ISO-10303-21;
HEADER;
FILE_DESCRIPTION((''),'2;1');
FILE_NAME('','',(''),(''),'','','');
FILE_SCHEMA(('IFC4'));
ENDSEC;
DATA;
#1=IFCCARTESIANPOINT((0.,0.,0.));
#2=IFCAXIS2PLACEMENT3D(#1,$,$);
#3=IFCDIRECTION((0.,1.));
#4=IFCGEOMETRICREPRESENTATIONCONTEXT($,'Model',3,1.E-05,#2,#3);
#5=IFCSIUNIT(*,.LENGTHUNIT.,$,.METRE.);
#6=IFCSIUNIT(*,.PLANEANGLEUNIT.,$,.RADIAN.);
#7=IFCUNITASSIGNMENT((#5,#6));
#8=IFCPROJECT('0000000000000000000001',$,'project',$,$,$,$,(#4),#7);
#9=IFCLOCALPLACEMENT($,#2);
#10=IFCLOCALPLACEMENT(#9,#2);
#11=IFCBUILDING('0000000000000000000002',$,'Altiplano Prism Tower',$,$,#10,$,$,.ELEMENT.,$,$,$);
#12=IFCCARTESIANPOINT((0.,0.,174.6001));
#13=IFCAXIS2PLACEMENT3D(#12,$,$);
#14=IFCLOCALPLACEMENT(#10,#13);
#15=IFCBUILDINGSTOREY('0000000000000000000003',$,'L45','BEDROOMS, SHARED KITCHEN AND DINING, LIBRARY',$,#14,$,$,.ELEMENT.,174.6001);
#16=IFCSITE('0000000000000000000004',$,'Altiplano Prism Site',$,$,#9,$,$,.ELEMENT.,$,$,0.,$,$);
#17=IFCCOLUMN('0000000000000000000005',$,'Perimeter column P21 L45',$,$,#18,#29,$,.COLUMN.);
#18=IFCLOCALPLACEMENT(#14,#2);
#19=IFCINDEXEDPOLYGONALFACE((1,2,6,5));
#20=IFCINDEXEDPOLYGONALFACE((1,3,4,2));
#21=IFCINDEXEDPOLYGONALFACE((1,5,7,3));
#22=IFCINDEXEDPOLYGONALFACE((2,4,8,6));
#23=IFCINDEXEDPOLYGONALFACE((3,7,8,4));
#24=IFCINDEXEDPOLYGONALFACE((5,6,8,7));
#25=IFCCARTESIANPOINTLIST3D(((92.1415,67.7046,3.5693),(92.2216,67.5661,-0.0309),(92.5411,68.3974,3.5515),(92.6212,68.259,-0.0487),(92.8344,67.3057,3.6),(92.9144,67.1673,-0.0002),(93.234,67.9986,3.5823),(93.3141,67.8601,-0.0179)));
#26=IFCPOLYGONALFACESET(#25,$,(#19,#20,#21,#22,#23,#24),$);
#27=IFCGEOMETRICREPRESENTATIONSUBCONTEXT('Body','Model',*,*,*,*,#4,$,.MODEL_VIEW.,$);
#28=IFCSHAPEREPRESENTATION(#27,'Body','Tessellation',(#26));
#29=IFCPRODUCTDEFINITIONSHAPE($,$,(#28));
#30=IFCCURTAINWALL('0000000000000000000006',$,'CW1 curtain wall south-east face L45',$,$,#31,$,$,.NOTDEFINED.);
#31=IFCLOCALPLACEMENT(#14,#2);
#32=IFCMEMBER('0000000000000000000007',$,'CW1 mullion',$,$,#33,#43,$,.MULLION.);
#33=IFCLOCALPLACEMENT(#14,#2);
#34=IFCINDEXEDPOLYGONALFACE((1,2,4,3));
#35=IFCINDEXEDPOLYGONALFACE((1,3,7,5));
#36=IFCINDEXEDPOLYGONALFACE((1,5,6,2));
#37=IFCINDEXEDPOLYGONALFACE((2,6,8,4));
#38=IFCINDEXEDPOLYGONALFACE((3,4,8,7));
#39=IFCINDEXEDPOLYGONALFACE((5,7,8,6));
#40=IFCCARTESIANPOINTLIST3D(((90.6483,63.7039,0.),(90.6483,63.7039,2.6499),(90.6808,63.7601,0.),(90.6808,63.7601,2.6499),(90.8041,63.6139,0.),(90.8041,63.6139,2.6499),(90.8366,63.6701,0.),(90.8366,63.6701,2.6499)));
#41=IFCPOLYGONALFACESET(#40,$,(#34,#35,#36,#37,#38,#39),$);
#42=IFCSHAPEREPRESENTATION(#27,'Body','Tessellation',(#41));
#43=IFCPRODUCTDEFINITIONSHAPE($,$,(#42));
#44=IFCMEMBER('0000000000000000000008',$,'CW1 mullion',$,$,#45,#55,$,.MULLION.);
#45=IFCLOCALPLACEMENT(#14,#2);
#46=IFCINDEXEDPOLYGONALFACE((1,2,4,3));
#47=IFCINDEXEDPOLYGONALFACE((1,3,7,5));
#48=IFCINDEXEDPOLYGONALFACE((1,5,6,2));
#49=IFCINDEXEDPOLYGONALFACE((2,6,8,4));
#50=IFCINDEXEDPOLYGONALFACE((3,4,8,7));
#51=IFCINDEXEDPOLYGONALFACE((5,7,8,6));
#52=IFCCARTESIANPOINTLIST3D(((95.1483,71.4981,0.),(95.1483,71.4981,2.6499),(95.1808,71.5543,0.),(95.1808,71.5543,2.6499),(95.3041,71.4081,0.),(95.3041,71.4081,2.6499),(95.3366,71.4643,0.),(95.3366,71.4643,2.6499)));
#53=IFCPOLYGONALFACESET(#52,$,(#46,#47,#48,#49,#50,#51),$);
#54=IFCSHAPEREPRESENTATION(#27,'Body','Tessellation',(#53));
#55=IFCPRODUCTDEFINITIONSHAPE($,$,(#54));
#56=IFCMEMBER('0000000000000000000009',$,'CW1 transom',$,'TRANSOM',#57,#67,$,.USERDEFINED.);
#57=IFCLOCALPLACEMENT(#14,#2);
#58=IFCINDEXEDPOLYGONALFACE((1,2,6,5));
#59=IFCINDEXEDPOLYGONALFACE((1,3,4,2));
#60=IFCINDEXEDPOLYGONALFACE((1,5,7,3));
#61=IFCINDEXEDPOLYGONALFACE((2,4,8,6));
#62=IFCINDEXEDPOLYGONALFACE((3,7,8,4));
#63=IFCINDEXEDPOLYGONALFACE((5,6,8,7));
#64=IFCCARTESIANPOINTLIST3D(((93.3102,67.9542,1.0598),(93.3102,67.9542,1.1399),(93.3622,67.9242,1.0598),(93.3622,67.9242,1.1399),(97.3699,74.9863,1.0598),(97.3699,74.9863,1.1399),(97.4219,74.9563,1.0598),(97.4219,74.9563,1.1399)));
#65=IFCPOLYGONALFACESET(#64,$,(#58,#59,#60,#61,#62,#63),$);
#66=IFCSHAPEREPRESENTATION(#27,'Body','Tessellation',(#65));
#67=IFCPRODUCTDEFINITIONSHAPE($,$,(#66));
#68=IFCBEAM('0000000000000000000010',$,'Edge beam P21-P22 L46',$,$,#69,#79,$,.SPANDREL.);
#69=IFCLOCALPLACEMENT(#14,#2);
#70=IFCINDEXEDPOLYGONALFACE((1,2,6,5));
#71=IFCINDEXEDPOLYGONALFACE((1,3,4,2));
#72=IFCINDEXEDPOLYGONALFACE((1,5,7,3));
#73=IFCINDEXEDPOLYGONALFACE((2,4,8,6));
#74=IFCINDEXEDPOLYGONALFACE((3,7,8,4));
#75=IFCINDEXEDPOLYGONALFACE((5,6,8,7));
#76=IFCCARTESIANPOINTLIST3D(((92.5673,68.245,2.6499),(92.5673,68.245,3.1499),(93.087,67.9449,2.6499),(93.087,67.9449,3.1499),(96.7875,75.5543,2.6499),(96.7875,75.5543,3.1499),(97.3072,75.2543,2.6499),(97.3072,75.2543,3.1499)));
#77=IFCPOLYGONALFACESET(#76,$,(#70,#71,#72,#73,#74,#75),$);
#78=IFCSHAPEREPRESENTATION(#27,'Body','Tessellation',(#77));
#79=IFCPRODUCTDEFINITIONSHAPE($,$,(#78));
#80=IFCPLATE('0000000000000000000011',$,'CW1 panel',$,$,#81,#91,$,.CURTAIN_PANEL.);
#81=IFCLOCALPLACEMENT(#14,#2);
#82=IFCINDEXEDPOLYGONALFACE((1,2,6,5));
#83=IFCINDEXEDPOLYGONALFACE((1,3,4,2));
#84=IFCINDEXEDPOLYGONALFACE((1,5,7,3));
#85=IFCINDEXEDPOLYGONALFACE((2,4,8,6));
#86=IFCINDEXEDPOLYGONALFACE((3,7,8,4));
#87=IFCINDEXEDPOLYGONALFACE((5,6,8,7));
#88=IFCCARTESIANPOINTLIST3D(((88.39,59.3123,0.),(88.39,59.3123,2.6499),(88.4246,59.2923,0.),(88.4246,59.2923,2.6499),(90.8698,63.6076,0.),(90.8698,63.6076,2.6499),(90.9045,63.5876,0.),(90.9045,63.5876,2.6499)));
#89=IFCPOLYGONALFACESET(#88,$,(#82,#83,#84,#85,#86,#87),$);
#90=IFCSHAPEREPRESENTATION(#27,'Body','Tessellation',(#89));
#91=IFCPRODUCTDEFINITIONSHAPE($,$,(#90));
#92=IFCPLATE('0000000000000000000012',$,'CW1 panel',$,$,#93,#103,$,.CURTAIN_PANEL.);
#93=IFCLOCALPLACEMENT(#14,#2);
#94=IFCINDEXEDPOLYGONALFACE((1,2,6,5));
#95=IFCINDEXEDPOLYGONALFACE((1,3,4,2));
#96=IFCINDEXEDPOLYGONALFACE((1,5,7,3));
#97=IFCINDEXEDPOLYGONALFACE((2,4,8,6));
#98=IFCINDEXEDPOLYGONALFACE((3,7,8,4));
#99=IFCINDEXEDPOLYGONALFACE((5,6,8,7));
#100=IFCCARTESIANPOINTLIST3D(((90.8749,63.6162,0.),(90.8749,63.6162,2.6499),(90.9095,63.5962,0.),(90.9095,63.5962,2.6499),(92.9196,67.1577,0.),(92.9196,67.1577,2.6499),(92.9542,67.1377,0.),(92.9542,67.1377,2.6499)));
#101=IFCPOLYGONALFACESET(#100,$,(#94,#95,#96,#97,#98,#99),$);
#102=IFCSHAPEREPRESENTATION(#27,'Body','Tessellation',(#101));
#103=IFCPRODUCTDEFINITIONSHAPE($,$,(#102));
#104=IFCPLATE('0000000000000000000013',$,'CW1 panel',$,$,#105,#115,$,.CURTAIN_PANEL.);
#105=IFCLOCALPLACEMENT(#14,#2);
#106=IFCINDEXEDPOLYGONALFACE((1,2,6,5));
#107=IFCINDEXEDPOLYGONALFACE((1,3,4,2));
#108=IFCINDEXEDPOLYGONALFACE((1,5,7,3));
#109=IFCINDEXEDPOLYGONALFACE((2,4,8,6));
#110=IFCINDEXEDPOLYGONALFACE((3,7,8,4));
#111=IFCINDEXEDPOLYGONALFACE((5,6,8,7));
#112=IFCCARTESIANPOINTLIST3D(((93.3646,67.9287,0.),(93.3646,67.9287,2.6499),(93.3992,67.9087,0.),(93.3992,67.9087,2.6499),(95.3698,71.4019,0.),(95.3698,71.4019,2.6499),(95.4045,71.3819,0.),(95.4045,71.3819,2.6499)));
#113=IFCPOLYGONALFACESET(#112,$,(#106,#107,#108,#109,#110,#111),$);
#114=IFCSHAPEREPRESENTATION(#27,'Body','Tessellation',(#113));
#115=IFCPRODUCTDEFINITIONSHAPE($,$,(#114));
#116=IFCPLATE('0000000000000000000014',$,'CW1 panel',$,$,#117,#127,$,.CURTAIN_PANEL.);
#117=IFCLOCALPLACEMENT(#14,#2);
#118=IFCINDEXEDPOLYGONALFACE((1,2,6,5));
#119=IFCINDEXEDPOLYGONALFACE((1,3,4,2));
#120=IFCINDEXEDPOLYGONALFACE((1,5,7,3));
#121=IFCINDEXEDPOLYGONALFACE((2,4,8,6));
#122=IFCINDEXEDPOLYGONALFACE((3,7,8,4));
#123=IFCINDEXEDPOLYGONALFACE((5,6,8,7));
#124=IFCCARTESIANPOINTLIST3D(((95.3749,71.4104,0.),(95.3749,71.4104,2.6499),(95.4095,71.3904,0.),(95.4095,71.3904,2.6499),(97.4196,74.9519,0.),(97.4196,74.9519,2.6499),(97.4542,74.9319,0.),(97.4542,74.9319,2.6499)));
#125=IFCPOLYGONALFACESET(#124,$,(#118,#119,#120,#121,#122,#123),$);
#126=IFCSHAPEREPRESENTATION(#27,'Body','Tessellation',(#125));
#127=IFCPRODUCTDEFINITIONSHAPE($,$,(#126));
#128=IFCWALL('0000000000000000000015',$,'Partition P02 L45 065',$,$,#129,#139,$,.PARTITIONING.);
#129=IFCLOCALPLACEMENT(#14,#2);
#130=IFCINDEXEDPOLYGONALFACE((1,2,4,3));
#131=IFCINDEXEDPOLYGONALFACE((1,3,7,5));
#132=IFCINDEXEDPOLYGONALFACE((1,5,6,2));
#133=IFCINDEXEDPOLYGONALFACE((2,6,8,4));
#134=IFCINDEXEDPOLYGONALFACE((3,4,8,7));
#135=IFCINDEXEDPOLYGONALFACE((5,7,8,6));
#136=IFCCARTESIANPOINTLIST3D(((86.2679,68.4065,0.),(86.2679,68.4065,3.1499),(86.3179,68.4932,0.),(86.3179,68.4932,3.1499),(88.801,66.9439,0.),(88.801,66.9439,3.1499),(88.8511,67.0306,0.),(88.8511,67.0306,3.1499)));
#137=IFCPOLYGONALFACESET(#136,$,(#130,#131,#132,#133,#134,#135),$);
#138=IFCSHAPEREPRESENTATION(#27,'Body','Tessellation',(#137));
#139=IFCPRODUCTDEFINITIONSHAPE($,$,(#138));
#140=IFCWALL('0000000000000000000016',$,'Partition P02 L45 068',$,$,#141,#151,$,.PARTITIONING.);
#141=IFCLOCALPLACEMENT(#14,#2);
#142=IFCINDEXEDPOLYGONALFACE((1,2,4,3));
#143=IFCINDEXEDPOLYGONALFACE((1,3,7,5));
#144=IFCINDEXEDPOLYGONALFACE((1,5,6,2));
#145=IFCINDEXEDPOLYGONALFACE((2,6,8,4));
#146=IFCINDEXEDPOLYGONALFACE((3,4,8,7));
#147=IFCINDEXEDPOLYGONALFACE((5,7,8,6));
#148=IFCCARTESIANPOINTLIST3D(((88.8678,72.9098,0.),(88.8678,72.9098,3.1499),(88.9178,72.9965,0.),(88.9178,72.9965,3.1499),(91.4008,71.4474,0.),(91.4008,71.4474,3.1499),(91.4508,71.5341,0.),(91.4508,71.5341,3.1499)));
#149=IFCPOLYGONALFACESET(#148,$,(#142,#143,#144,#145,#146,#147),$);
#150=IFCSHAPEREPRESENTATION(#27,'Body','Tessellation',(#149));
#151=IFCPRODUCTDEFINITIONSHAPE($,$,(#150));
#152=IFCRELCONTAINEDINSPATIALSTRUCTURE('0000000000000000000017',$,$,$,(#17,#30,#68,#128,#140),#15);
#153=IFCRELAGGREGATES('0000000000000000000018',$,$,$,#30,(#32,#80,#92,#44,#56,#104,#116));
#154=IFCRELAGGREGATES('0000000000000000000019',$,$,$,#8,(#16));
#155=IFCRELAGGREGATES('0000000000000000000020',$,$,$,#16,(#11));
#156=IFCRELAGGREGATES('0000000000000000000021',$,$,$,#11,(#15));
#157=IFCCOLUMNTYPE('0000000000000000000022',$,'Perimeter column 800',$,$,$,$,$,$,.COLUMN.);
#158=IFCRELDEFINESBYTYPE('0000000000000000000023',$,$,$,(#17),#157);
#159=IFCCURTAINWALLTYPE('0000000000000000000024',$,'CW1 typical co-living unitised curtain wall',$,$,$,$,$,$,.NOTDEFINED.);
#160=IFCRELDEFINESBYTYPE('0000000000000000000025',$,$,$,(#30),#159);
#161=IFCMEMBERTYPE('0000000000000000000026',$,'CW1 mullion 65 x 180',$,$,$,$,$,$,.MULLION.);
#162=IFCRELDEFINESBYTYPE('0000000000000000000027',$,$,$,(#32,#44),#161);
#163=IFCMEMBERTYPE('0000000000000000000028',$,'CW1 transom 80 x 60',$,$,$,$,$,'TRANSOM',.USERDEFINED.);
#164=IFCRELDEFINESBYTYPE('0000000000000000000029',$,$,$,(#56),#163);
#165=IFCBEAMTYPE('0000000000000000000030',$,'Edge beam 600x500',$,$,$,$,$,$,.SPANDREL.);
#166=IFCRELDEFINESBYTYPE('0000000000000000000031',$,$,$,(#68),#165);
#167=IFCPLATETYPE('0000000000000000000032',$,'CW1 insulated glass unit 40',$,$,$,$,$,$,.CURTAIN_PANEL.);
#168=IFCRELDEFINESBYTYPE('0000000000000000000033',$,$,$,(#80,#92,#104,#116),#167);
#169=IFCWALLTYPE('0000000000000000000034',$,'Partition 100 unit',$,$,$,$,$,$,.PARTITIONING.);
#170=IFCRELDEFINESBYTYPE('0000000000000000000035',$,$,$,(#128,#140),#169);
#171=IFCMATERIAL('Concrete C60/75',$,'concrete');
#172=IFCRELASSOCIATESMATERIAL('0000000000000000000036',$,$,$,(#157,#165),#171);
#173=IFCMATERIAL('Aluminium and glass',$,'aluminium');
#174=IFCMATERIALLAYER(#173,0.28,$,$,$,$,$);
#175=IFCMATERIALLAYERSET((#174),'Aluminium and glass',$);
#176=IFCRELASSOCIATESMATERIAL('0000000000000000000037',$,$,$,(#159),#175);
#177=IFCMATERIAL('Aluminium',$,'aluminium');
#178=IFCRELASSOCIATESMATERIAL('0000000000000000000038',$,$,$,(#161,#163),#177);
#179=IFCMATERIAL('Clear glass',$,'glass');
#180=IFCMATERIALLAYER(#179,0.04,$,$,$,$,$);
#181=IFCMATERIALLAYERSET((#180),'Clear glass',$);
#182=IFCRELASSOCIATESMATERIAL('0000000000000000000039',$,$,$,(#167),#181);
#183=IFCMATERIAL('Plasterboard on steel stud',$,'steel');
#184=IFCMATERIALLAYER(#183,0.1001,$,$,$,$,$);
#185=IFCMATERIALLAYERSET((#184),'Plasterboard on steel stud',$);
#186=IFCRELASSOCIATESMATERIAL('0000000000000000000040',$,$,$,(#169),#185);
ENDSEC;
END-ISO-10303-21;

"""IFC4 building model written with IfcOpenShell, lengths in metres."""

from ifc_helpers import new_model, si_unit, direction, frame, frame_2d, origin, origin_2d, place, context, subcontext, project, spatial, rectangle, extrude, material, layer, layer_set, material_profile, profile_set, type_object, element, aggregate, save


model = new_model("IFC4")

# Units and contexts
model_context = context("Model", 3, precision=1e-05, world=origin(), true_north=direction((0.0, 1.0)))
body_context = subcontext(model_context, "Body", "Model", "MODEL_VIEW")
ifc_project = project(units=[si_unit("LENGTHUNIT", "METRE"), si_unit("PLANEANGLEUNIT", "RADIAN")], contexts=[model_context])

# Site, building, storey
site_placement = place(None, origin())
site = spatial("IfcSite", under=ifc_project, at=site_placement, Name="Altiplano Prism Site", CompositionType="ELEMENT", RefElevation=0.0)
building_placement = place(site_placement, origin())
building = spatial("IfcBuilding", under=site, at=building_placement, Name="Altiplano Prism Tower", CompositionType="ELEMENT")
storey_placement = place(building_placement, frame((0.0, 0.0, 174.6001)))
storey = spatial("IfcBuildingStorey", under=building, at=storey_placement, Name="L45", Description="BEDROOMS, SHARED KITCHEN AND DINING, LIBRARY", CompositionType="ELEMENT", Elevation=174.6001)

# Column
ifc_material_1 = material(Name="Concrete C60/75", Category="concrete")
ifc_material_profile_1 = material_profile(ifc_material_1, rectangle(XDim=0.8, YDim=0.8, at=origin_2d()), Name="Perimeter column 800")
ifc_profile_set_1 = profile_set([ifc_material_profile_1], Name="Concrete C60/75")
column_type = type_object("IfcColumnType", Name="Perimeter column 800", PredefinedType="COLUMN", material=ifc_profile_set_1)
column_placement = place(storey_placement, frame((92.7678, 67.7131, -0.0244), z_axis=(-0.022221, 0.038413, 0.999015), x_axis=(-0.499516, -0.866021, 0.022189)))
element("IfcColumn", 1, at=column_placement, inside=storey, type_object=column_type, Name="Perimeter column P21 L45", PredefinedType="COLUMN", context=body_context, shape_type="SweptSolid", body=[
    extrude(rectangle(XDim=0.8, YDim=0.8, at=origin_2d()), origin(), (0.0, 0.0, 1.0), 3.6038),
])

# Curtain wall, members
ifc_material_2 = material(Name="Aluminium and glass", Category="aluminium")
ifc_layer_1 = layer(ifc_material_2, 0.28)
ifc_layer_set_1 = layer_set([ifc_layer_1], Name="Aluminium and glass")
curtain_wall_type = type_object("IfcCurtainWallType", Name="CW1 typical co-living unitised curtain wall", PredefinedType="NOTDEFINED", material=ifc_layer_set_1)
curtain_wall_placement = place(storey_placement, origin())
curtain_wall = element("IfcCurtainWall", 2, at=curtain_wall_placement, inside=storey, type_object=curtain_wall_type, Name="CW1 curtain wall south-east face L45", PredefinedType="NOTDEFINED")
ifc_material_3 = material(Name="Aluminium", Category="aluminium")
ifc_material_profile_2 = material_profile(ifc_material_3, rectangle(XDim=0.1799, YDim=0.0649, at=origin_2d()), Name="CW1 mullion 65 x 180")
ifc_profile_set_2 = profile_set([ifc_material_profile_2], Name="Aluminium")
member_type_1 = type_object("IfcMemberType", Name="CW1 mullion 65 x 180", PredefinedType="MULLION", material=ifc_profile_set_2)
member_1_placement = place(storey_placement, frame((90.7424, 63.687, 0.0), z_axis=(0.0, 0.0, 1.0), x_axis=(-0.866025, 0.5, 0.0)))
member_1 = element("IfcMember", 3, at=member_1_placement, type_object=member_type_1, Name="CW1 mullion", PredefinedType="MULLION", context=body_context, shape_type="SweptSolid", body=[
    extrude(rectangle(XDim=0.1799, YDim=0.0649, at=origin_2d()), origin(), (0.0, 0.0, 1.0), 2.6499),
])
member_2_placement = place(storey_placement, frame((95.2424, 71.4812, 0.0), z_axis=(0.0, 0.0, 1.0), x_axis=(-0.866025, 0.5, 0.0)))
member_2 = element("IfcMember", 4, at=member_2_placement, type_object=member_type_1, Name="CW1 mullion", PredefinedType="MULLION", context=body_context, shape_type="SweptSolid", body=[
    extrude(rectangle(XDim=0.1799, YDim=0.0649, at=origin_2d()), origin(), (0.0, 0.0, 1.0), 2.6499),
])
ifc_material_profile_3 = material_profile(ifc_material_3, rectangle(XDim=0.0601, YDim=0.0801, at=origin_2d()), Name="CW1 transom 80 x 60")
ifc_profile_set_3 = profile_set([ifc_material_profile_3], Name="Aluminium")
member_type_2 = type_object("IfcMemberType", Name="CW1 transom 80 x 60", ElementType="TRANSOM", PredefinedType="USERDEFINED", material=ifc_profile_set_3)
member_3_placement = place(storey_placement, frame((93.3362, 67.9392, 1.0999), z_axis=(0.499978, 0.866038, 0.0), x_axis=(-0.866038, 0.499978, 0.0)))
member_3 = element("IfcMember", 5, at=member_3_placement, type_object=member_type_2, Name="CW1 transom", ObjectType="TRANSOM", PredefinedType="USERDEFINED", context=body_context, shape_type="SweptSolid", body=[
    extrude(rectangle(XDim=0.0601, YDim=0.0801, at=origin_2d()), origin(), (0.0, 0.0, 1.0), 8.1199),
])

# Beam
ifc_material_profile_4 = material_profile(ifc_material_1, rectangle(XDim=0.6001, YDim=0.5, at=origin_2d()), Name="Edge beam 600x500")
ifc_profile_set_4 = profile_set([ifc_material_profile_4], Name="Concrete C60/75")
beam_type = type_object("IfcBeamType", Name="Edge beam 600x500", PredefinedType="SPANDREL", material=ifc_profile_set_4)
beam_placement = place(storey_placement, frame((92.8271, 68.095, 2.8999), z_axis=(0.500015, 0.866017, 0.0), x_axis=(-0.866017, 0.500015, 0.0)))
element("IfcBeam", 6, at=beam_placement, inside=storey, type_object=beam_type, Name="Edge beam P21-P22 L46", PredefinedType="SPANDREL", context=body_context, shape_type="SweptSolid", body=[
    extrude(rectangle(XDim=0.6001, YDim=0.5, at=origin_2d()), origin(), (0.0, 0.0, 1.0), 8.4402),
])

# Plates
ifc_material_4 = material(Name="Clear glass", Category="glass")
ifc_layer_2 = layer(ifc_material_4, 0.04)
ifc_layer_set_2 = layer_set([ifc_layer_2], Name="Clear glass")
plate_type = type_object("IfcPlateType", Name="CW1 insulated glass unit 40", PredefinedType="CURTAIN_PANEL", material=ifc_layer_set_2)
plate_1_placement = place(storey_placement, frame((89.6472, 61.45, 0.0), z_axis=(0.0, 0.0, 1.0), x_axis=(0.5, 0.866025, 0.0)))
plate_1 = element("IfcPlate", 7, at=plate_1_placement, type_object=plate_type, Name="CW1 panel", PredefinedType="CURTAIN_PANEL", context=body_context, shape_type="SweptSolid", body=[
    extrude(rectangle(XDim=4.9597, YDim=0.04, at=origin_2d()), origin(), (0.0, 0.0, 1.0), 2.6499),
])
plate_2_placement = place(storey_placement, frame((91.9146, 65.377, 0.0), z_axis=(0.0, 0.0, 1.0), x_axis=(0.5, 0.866025, 0.0)))
plate_2 = element("IfcPlate", 8, at=plate_2_placement, type_object=plate_type, Name="CW1 panel", PredefinedType="CURTAIN_PANEL", context=body_context, shape_type="SweptSolid", body=[
    extrude(rectangle(XDim=4.0894, YDim=0.04, at=origin_2d()), origin(), (0.0, 0.0, 1.0), 2.6499),
])
plate_3_placement = place(storey_placement, frame((94.3845, 69.6553, 0.0), z_axis=(0.0, 0.0, 1.0), x_axis=(0.5, 0.866025, 0.0)))
plate_3 = element("IfcPlate", 9, at=plate_3_placement, type_object=plate_type, Name="CW1 panel", PredefinedType="CURTAIN_PANEL", context=body_context, shape_type="SweptSolid", body=[
    extrude(rectangle(XDim=4.0105, YDim=0.04, at=origin_2d()), origin(), (0.0, 0.0, 1.0), 2.6499),
])
plate_4_placement = place(storey_placement, frame((96.4146, 73.1711, 0.0), z_axis=(0.0, 0.0, 1.0), x_axis=(0.5, 0.866025, 0.0)))
plate_4 = element("IfcPlate", 10, at=plate_4_placement, type_object=plate_type, Name="CW1 panel", PredefinedType="CURTAIN_PANEL", context=body_context, shape_type="SweptSolid", body=[
    extrude(rectangle(XDim=4.0894, YDim=0.04, at=origin_2d()), origin(), (0.0, 0.0, 1.0), 2.6499),
])
aggregate(curtain_wall, [member_1, plate_1, plate_2, member_2, member_3, plate_3, plate_4])

# Walls
ifc_material_5 = material(Name="Plasterboard on steel stud", Category="steel")
ifc_layer_3 = layer(ifc_material_5, 0.1001)
ifc_layer_set_3 = layer_set([ifc_layer_3], Name="Plasterboard on steel stud")
wall_type_1 = type_object("IfcWallType", Name="Partition 100 unit", PredefinedType="PARTITIONING", material=ifc_layer_set_3)
wall_1_placement = place(storey_placement, frame((88.8259, 66.9873, 0.0), z_axis=(0.0, 0.0, 1.0), x_axis=(-0.86601, 0.500026, 0.0)))
element("IfcWall", 11, at=wall_1_placement, inside=storey, type_object=wall_type_1, Name="Partition P02 L45 065", PredefinedType="PARTITIONING", context=body_context, shape_type="SweptSolid", body=[
    extrude(rectangle(XDim=2.925, YDim=0.1001, at=frame_2d((1.4624, 0.0))), origin(), (0.0, 0.0, 1.0), 3.1499),
])
wall_2_placement = place(storey_placement, frame((88.8928, 72.9531, 0.0), z_axis=(0.0, 0.0, 1.0), x_axis=(0.866026, -0.499999, 0.0)))
element("IfcWall", 12, at=wall_2_placement, inside=storey, type_object=wall_type_1, Name="Partition P02 L45 068", PredefinedType="PARTITIONING", context=body_context, shape_type="SweptSolid", body=[
    extrude(rectangle(XDim=2.9248, YDim=0.1001, at=frame_2d((1.4624, 0.0))), origin(), (0.0, 0.0, 1.0), 3.1499),
])

save(model, "model.ifc")
